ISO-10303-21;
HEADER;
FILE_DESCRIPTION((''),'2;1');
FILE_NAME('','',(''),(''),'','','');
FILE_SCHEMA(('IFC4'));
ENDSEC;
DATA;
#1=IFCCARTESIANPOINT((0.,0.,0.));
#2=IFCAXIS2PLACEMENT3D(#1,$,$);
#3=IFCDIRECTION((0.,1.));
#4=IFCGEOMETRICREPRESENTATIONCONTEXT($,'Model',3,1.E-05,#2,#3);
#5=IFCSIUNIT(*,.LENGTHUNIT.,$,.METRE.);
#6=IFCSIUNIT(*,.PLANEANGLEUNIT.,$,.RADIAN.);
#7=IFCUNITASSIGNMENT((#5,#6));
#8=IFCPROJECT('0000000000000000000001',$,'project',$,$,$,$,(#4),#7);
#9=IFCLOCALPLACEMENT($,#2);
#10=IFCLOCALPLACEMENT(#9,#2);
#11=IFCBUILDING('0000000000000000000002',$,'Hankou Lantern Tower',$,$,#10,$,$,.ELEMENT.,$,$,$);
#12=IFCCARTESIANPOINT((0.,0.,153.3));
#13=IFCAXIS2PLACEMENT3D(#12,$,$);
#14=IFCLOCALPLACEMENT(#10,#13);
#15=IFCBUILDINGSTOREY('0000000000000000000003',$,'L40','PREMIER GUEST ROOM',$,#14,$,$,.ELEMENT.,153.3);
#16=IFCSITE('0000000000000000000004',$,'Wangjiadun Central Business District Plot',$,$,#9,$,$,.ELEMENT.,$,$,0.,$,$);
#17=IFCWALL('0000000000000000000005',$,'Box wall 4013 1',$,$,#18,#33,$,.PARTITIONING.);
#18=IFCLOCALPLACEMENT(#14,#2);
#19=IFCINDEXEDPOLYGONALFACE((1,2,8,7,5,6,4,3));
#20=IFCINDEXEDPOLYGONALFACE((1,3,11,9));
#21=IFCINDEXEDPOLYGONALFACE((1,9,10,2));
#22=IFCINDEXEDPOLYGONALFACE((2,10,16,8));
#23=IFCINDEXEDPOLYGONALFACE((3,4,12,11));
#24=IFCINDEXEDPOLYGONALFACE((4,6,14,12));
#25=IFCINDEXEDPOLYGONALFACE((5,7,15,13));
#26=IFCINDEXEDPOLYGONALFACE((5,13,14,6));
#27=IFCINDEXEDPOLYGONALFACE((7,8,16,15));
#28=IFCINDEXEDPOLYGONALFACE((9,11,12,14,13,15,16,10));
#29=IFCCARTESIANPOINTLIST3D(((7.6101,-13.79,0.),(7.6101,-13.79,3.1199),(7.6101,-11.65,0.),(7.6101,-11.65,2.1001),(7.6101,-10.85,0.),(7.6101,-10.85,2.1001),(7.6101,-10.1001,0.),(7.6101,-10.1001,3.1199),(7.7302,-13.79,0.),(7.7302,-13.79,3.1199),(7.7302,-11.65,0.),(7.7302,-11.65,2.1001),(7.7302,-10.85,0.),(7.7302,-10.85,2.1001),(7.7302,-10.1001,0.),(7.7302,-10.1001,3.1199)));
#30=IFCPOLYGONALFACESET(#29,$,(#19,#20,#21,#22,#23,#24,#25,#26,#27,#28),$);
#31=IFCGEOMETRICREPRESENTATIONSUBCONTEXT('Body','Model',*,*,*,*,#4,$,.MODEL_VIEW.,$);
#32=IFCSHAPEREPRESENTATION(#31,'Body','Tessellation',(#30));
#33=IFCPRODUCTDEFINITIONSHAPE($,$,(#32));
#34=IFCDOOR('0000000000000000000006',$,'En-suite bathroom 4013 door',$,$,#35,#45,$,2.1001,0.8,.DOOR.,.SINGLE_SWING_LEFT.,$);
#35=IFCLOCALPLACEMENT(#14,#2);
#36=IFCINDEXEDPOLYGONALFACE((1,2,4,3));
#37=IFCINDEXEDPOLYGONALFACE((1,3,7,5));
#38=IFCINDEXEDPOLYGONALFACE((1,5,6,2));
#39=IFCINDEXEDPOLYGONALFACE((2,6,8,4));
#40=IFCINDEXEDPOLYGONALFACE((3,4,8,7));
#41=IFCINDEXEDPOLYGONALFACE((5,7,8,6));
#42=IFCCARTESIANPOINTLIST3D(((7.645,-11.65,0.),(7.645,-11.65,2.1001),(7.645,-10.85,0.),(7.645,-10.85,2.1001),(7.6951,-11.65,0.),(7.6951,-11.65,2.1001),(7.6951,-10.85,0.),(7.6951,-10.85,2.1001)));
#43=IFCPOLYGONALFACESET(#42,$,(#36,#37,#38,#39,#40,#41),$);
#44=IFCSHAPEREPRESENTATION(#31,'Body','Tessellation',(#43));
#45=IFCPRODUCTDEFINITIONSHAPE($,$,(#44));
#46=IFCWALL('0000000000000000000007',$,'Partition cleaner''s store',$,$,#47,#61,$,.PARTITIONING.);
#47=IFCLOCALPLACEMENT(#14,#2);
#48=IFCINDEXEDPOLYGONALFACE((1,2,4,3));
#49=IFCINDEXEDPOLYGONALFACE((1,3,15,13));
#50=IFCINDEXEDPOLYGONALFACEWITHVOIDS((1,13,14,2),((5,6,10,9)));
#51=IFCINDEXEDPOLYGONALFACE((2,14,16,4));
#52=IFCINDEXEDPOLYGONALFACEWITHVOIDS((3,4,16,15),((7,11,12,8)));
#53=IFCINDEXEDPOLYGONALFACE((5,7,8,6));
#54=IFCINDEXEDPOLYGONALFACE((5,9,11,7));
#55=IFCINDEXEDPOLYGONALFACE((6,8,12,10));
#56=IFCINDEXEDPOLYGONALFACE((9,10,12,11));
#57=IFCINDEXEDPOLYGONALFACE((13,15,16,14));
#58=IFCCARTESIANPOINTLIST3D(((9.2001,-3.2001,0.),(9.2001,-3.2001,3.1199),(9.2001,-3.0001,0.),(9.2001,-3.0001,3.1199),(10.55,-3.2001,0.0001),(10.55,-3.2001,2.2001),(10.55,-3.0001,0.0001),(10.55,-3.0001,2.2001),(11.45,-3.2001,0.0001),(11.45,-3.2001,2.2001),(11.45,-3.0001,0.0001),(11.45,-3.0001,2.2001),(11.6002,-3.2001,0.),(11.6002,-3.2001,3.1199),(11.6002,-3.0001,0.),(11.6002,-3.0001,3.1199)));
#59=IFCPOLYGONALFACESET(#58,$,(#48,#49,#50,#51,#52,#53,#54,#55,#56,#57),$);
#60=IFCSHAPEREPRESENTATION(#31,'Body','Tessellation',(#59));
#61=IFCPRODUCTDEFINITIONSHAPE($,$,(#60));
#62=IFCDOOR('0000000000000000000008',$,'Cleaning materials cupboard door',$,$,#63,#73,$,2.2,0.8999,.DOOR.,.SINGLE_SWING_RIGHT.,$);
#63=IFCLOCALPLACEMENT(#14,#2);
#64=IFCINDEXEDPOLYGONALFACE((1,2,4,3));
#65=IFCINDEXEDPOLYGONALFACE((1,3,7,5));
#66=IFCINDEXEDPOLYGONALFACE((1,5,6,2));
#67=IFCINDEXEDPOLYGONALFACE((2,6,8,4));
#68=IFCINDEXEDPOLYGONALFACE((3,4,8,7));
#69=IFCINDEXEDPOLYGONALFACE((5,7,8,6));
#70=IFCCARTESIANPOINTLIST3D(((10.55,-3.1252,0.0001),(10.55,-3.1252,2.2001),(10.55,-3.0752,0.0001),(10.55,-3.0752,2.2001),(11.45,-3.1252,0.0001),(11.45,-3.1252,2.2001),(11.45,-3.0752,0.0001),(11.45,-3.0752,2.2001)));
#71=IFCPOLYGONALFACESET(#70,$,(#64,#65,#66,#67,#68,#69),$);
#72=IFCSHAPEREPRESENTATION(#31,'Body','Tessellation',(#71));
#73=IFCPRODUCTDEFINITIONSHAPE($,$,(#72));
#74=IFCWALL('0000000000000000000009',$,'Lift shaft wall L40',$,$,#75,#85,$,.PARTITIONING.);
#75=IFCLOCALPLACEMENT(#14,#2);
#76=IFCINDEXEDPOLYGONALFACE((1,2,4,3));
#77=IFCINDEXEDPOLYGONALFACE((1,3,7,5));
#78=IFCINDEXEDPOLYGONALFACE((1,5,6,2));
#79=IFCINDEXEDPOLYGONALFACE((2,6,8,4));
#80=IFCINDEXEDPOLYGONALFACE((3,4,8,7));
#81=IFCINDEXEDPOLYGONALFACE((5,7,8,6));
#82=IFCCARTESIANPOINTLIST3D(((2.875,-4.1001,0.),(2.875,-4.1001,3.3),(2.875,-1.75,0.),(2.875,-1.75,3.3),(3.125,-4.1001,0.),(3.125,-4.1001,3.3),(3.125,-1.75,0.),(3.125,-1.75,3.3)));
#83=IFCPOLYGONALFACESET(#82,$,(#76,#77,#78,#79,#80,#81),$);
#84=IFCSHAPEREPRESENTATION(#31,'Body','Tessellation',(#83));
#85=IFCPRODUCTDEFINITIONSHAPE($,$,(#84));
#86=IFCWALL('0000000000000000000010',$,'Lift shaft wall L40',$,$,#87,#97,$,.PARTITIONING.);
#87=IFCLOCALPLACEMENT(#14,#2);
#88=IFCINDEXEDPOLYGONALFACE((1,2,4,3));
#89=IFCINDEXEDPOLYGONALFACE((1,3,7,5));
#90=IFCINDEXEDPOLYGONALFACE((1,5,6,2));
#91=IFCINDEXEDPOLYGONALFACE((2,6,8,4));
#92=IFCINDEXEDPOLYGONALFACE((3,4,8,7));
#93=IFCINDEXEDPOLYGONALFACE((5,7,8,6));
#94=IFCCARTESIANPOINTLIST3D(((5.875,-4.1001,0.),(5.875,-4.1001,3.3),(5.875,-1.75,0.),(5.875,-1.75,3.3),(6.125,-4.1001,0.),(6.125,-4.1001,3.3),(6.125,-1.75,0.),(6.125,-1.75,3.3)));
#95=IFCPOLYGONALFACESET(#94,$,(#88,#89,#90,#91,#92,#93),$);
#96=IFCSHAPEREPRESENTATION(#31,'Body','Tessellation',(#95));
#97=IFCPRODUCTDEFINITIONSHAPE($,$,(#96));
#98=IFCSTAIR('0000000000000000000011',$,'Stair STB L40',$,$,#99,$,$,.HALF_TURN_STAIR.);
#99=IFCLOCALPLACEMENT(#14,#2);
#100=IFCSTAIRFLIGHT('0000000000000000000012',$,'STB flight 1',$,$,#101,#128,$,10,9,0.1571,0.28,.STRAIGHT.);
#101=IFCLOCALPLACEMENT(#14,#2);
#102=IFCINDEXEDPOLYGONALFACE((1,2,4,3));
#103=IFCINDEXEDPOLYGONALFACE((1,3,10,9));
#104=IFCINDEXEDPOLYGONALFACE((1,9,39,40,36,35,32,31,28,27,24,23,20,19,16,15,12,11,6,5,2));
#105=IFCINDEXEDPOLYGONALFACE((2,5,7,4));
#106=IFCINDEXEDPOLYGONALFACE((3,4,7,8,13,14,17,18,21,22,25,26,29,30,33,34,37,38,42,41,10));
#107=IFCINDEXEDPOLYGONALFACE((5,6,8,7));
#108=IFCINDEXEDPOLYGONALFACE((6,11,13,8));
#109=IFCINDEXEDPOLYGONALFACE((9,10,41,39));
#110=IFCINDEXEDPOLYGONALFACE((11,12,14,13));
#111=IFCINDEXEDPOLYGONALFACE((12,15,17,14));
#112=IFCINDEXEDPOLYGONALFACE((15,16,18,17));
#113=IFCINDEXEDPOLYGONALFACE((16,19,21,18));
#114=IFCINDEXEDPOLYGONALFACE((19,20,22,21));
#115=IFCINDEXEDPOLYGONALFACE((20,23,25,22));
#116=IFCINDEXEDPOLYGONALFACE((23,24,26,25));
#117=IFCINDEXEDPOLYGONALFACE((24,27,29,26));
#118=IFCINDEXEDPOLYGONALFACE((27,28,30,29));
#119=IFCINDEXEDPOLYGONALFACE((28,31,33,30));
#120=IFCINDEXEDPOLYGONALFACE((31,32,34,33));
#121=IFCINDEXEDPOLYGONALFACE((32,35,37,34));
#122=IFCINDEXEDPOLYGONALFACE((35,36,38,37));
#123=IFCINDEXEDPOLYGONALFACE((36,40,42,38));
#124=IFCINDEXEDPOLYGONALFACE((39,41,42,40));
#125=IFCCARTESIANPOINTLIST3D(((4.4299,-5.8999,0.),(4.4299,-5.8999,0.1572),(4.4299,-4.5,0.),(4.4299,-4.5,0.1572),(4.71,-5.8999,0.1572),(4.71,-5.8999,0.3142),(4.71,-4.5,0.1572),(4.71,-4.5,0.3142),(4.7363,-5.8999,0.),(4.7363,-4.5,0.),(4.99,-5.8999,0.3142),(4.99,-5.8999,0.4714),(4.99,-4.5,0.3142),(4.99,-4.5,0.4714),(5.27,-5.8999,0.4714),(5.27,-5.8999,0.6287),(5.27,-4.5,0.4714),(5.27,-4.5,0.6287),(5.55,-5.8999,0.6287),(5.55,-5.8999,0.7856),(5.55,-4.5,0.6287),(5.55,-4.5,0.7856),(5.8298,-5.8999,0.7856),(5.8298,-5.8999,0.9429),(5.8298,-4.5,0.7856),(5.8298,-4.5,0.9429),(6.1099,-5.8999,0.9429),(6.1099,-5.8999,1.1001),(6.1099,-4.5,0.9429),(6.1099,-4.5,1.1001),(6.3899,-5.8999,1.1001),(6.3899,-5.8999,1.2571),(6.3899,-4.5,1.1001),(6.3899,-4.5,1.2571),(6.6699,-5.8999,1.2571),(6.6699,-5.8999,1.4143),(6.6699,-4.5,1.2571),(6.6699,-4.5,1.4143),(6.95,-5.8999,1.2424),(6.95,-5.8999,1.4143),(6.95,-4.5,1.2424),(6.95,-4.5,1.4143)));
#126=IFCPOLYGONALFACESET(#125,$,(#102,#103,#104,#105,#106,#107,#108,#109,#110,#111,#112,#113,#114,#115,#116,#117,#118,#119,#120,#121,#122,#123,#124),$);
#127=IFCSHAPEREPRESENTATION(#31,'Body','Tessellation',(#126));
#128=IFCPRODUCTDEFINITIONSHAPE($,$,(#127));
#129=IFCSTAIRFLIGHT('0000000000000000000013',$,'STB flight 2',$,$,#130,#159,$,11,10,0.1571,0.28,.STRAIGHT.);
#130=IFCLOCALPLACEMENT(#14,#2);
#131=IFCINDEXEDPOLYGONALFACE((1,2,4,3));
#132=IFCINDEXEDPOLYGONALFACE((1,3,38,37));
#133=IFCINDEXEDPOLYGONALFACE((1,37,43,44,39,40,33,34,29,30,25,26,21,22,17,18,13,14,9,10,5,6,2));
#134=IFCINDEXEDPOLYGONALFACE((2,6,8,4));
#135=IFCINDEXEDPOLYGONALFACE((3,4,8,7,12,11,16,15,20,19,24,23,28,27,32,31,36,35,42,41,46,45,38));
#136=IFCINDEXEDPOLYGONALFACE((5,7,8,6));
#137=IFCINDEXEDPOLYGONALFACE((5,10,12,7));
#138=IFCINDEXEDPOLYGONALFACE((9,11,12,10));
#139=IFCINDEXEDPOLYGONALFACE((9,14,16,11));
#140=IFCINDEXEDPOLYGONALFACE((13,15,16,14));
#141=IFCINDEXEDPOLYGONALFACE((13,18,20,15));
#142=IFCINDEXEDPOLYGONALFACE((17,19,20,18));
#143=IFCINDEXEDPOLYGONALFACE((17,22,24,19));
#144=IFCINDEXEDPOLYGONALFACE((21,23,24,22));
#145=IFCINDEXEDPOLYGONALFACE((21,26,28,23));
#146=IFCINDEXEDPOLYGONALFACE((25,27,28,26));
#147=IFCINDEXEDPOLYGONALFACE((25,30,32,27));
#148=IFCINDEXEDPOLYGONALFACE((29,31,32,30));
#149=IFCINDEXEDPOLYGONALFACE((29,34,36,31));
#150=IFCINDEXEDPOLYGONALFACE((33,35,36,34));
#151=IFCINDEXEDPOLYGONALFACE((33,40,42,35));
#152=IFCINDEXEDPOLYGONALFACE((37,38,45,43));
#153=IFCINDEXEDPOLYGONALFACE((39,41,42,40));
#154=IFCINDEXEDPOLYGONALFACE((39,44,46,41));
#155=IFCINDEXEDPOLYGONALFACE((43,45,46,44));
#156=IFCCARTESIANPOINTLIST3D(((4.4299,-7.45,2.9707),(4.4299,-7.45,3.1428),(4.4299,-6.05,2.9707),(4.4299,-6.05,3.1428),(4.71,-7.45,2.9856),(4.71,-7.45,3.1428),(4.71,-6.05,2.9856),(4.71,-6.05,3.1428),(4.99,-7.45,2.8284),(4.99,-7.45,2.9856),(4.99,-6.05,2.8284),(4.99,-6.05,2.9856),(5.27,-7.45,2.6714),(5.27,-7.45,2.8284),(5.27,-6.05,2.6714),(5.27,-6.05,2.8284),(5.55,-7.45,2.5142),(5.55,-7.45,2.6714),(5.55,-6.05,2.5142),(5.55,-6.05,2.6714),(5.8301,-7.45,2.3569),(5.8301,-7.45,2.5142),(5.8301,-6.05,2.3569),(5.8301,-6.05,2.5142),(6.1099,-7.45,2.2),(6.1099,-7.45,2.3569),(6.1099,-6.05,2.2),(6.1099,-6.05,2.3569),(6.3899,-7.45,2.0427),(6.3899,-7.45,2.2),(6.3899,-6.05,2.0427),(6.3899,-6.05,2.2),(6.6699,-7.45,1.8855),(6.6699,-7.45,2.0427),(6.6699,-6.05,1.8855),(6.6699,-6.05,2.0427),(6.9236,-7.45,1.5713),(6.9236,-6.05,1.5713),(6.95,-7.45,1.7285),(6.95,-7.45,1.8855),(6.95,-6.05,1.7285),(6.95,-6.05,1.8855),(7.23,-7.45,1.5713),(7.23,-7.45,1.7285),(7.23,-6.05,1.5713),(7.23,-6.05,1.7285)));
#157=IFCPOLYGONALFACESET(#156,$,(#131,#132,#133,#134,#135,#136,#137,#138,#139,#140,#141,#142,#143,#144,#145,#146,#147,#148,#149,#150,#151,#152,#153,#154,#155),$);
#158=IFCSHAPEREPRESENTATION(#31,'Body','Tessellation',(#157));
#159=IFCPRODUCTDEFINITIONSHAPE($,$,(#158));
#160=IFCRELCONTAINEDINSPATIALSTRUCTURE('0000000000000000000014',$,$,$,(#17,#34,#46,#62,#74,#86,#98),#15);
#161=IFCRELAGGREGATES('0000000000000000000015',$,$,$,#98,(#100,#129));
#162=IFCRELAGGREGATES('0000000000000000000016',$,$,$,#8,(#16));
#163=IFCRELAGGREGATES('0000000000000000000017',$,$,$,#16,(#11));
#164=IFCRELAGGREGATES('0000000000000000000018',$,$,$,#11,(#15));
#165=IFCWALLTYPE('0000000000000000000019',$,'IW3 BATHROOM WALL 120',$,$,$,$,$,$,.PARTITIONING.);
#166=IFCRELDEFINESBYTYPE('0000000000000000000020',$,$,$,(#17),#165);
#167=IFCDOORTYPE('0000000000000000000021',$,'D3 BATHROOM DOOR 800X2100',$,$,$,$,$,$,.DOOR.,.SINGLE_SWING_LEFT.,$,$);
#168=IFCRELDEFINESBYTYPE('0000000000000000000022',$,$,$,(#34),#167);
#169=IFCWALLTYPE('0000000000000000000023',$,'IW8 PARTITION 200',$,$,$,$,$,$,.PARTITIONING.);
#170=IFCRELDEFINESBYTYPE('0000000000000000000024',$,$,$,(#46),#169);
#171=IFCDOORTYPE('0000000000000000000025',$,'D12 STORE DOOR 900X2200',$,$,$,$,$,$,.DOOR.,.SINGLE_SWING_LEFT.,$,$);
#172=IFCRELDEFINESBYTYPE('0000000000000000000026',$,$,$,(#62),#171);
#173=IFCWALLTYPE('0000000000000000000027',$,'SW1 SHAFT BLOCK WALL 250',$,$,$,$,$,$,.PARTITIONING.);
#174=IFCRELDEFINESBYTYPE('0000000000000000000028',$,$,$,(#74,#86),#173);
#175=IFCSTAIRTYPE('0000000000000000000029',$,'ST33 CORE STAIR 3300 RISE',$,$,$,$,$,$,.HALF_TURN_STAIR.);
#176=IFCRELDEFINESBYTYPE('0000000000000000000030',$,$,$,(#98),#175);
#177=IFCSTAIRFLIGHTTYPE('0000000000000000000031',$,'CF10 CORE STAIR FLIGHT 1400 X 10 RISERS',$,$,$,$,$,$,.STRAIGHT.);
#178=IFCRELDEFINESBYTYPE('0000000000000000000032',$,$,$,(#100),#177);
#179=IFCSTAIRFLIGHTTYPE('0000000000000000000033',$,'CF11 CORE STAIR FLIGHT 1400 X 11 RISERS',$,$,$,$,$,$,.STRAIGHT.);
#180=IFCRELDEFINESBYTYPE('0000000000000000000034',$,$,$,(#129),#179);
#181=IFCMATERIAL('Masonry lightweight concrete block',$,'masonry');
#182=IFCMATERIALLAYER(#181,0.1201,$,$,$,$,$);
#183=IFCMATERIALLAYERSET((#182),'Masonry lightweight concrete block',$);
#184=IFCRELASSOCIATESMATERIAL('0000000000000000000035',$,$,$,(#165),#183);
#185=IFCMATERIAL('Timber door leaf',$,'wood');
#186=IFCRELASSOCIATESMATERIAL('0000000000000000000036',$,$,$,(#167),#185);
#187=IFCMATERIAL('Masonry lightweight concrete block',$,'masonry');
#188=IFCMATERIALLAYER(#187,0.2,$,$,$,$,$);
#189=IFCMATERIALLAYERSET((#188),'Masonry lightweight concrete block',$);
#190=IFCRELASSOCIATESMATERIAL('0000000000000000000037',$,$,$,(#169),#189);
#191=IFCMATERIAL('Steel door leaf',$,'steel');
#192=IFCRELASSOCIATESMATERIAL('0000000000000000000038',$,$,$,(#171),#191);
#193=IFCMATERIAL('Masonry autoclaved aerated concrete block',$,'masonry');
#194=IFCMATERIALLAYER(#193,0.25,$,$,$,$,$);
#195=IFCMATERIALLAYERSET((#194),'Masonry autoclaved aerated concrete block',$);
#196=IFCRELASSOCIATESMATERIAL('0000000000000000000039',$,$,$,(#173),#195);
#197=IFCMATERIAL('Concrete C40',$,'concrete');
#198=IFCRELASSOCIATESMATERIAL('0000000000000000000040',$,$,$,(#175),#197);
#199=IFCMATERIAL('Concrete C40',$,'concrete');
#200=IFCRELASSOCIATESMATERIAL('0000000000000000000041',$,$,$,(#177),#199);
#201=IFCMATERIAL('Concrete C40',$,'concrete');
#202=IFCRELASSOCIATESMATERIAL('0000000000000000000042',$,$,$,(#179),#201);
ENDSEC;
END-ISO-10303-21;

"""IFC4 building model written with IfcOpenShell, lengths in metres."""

from ifc_helpers import new_model, si_unit, direction, frame, frame_2d, origin, place, context, subcontext, project, spatial, polyline, rectangle, outline, extrude, material, layer, layer_set, type_object, element, fill, aggregate, save


model = new_model("IFC4")

# Units and contexts
model_context = context("Model", 3, precision=1e-05, world=origin(), true_north=direction((0.0, 1.0)))
body_context = subcontext(model_context, "Body", "Model", "MODEL_VIEW")
ifc_project = project(units=[si_unit("LENGTHUNIT", "METRE"), si_unit("PLANEANGLEUNIT", "RADIAN")], contexts=[model_context])

# Site, building, storey
site_placement = place(None, origin())
site = spatial("IfcSite", under=ifc_project, at=site_placement, Name="Wangjiadun Central Business District Plot", CompositionType="ELEMENT", RefElevation=0.0)
building_placement = place(site_placement, origin())
building = spatial("IfcBuilding", under=site, at=building_placement, Name="Hankou Lantern Tower", CompositionType="ELEMENT")
storey_placement = place(building_placement, frame((0.0, 0.0, 153.3)))
storey = spatial("IfcBuildingStorey", under=building, at=storey_placement, Name="L40", Description="PREMIER GUEST ROOM", CompositionType="ELEMENT", Elevation=153.3)

# Walls, openings, doors
ifc_material_1 = material(Name="Masonry lightweight concrete block", Category="masonry")
ifc_layer_1 = layer(ifc_material_1, 0.1201)
ifc_layer_set_1 = layer_set([ifc_layer_1], Name="Masonry lightweight concrete block")
wall_type_1 = type_object("IfcWallType", Name="IW3 BATHROOM WALL 120", PredefinedType="PARTITIONING", material=ifc_layer_set_1)
wall_1_placement = place(storey_placement, frame((7.6702, -10.1001, 0.0), z_axis=(0.0, 0.0, 1.0), x_axis=(0.0, -1.0, 0.0)))
wall_1 = element("IfcWall", 1, at=wall_1_placement, inside=storey, type_object=wall_type_1, Name="Box wall 4013 1", PredefinedType="PARTITIONING", context=body_context, shape_type="SweptSolid", body=[
    extrude(rectangle(XDim=3.6899, YDim=0.1201, at=frame_2d((1.845, 0.0))), origin(), (0.0, 0.0, 1.0), 3.1199),
])
opening_1_placement = place(wall_1_placement, frame((0.75, 0.0, 0.0)))
opening_1 = element("IfcOpeningElement", 2, at=opening_1_placement, cuts=wall_1, PredefinedType="OPENING", context=body_context, shape_type="SweptSolid", body=[
    extrude(rectangle(XDim=0.8, YDim=2.1001, at=frame_2d((0.3999, 1.05))), frame((0.0, 0.0701, 0.0), z_axis=(0.0, -1.0, 0.0), x_axis=(1.0, 0.0, 0.0)), (0.0, 0.0, 1.0), 0.1401),
])
ifc_material_2 = material(Name="Timber door leaf", Category="wood")
door_type_1 = type_object("IfcDoorType", Name="D3 BATHROOM DOOR 800X2100", OperationType="SINGLE_SWING_LEFT", PredefinedType="DOOR", material=ifc_material_2)
door_1_placement = place(opening_1_placement, origin())
door_1 = element("IfcDoor", 3, at=door_1_placement, inside=storey, type_object=door_type_1, Name="En-suite bathroom 4013 door", OperationType="SINGLE_SWING_LEFT", OverallHeight=2.1001, OverallWidth=0.8, PredefinedType="DOOR", context=body_context, shape_type="SweptSolid", body=[
    extrude(rectangle(XDim=0.8, YDim=2.1001, at=frame_2d((0.3999, 1.05))), frame((0.0, 0.0249, 0.0), z_axis=(0.0, -1.0, 0.0), x_axis=(1.0, 0.0, 0.0)), (0.0, 0.0, 1.0), 0.05),
])
fill(opening_1, door_1)
ifc_material_3 = material(Name="Masonry lightweight concrete block", Category="masonry")
ifc_layer_2 = layer(ifc_material_3, 0.2)
ifc_layer_set_2 = layer_set([ifc_layer_2], Name="Masonry lightweight concrete block")
wall_type_2 = type_object("IfcWallType", Name="IW8 PARTITION 200", PredefinedType="PARTITIONING", material=ifc_layer_set_2)
wall_2_placement = place(storey_placement, frame((9.2, -3.1001, 0.0), z_axis=(0.0, 0.0, 1.0), x_axis=(1.0, 0.0, 0.0)))
wall_2 = element("IfcWall", 4, at=wall_2_placement, inside=storey, type_object=wall_type_2, Name="Partition cleaner's store", PredefinedType="PARTITIONING", context=body_context, shape_type="SweptSolid", body=[
    extrude(rectangle(XDim=2.4001, YDim=0.2, at=frame_2d((1.2002, 0.0))), origin(), (0.0, 0.0, 1.0), 3.1199),
])
opening_2_placement = place(wall_2_placement, frame((1.3501, 0.0, 0.0)))
opening_2 = element("IfcOpeningElement", 5, at=opening_2_placement, cuts=wall_2, PredefinedType="OPENING", context=body_context, shape_type="SweptSolid", body=[
    extrude(rectangle(XDim=0.8999, YDim=2.2, at=frame_2d((0.45, 1.1001))), frame((0.0, 0.1099, 0.0), z_axis=(0.0, -1.0, 0.0), x_axis=(1.0, 0.0, 0.0)), (0.0, 0.0, 1.0), 0.22),
])
ifc_material_4 = material(Name="Steel door leaf", Category="steel")
door_type_2 = type_object("IfcDoorType", Name="D12 STORE DOOR 900X2200", OperationType="SINGLE_SWING_LEFT", PredefinedType="DOOR", material=ifc_material_4)
door_2_placement = place(opening_2_placement, origin())
door_2 = element("IfcDoor", 6, at=door_2_placement, inside=storey, type_object=door_type_2, Name="Cleaning materials cupboard door", OperationType="SINGLE_SWING_RIGHT", OverallHeight=2.2, OverallWidth=0.8999, PredefinedType="DOOR", context=body_context, shape_type="SweptSolid", body=[
    extrude(rectangle(XDim=0.8999, YDim=2.2, at=frame_2d((0.45, 1.1001))), frame((0.0, 0.0249, 0.0), z_axis=(0.0, -1.0, 0.0), x_axis=(1.0, 0.0, 0.0)), (0.0, 0.0, 1.0), 0.05),
])
fill(opening_2, door_2)

# Walls
ifc_material_5 = material(Name="Masonry autoclaved aerated concrete block", Category="masonry")
ifc_layer_3 = layer(ifc_material_5, 0.25)
ifc_layer_set_3 = layer_set([ifc_layer_3], Name="Masonry autoclaved aerated concrete block")
wall_type_3 = type_object("IfcWallType", Name="SW1 SHAFT BLOCK WALL 250", PredefinedType="PARTITIONING", material=ifc_layer_set_3)
for number, where, z_axis, x_axis, name in (
    (7, (3.0, -4.1001, 0.0), (0.0, 0.0, 1.0), (0.0, 1.0, 0.0), "Lift shaft wall L40"),
    (8, (6.0, -4.1001, 0.0), (0.0, 0.0, 1.0), (0.0, 1.0, 0.0), "Lift shaft wall L40"),
):
    element("IfcWall", number, at=place(storey_placement, frame(where, z_axis=z_axis, x_axis=x_axis)), inside=storey, type_object=wall_type_3, Name=name, PredefinedType="PARTITIONING", context=body_context, shape_type="SweptSolid", body=[
        extrude(rectangle(XDim=2.3501, YDim=0.25, at=frame_2d((1.175, 0.0))), origin(), (0.0, 0.0, 1.0), 3.3),
    ])

# Stair, stair flights
ifc_material_6 = material(Name="Concrete C40", Category="concrete")
stair_type = type_object("IfcStairType", Name="ST33 CORE STAIR 3300 RISE", PredefinedType="HALF_TURN_STAIR", material=ifc_material_6)
stair_placement = place(storey_placement, origin())
stair = element("IfcStair", 9, at=stair_placement, inside=storey, type_object=stair_type, Name="Stair STB L40", PredefinedType="HALF_TURN_STAIR")
ifc_material_7 = material(Name="Concrete C40", Category="concrete")
stair_flight_type_1 = type_object("IfcStairFlightType", Name="CF10 CORE STAIR FLIGHT 1400 X 10 RISERS", PredefinedType="STRAIGHT", material=ifc_material_7)
stair_flight_1_placement = place(storey_placement, frame((4.4299, -5.2, 0.0), z_axis=(0.0, 0.0, 1.0), x_axis=(1.0, 0.0, 0.0)))
stair_flight_1 = element("IfcStairFlight", 10, at=stair_flight_1_placement, type_object=stair_flight_type_1, Name="STB flight 1", NumberOfRisers=10, NumberOfTreads=9, PredefinedType="STRAIGHT", RiserHeight=0.1571, TreadLength=0.28, context=body_context, shape_type="SweptSolid", body=[
    extrude(outline(polyline([(0.0, 0.0), (0.0, 0.1572), (0.28, 0.1572), (0.28, 0.3142), (0.5601, 0.3142), (0.5601, 0.4714), (0.8401, 0.4714), (0.8401, 0.6287), (1.1201, 0.6287), (1.1201, 0.7856), (1.3999, 0.7856), (1.3999, 0.9429), (1.6799, 0.9429), (1.6799, 1.1001), (1.96, 1.1001), (1.96, 1.2571), (2.24, 1.2571), (2.24, 1.4143), (2.52, 1.4143), (2.52, 1.5715), (2.52, 1.2424), (0.3064, 0.0), (0.0, 0.0)])), frame((0.0, 0.7, 0.0), z_axis=(0.0, -1.0, 0.0), x_axis=(1.0, 0.0, 0.0)), (0.0, 0.0, 1.0), 1.3999),
])
ifc_material_8 = material(Name="Concrete C40", Category="concrete")
stair_flight_type_2 = type_object("IfcStairFlightType", Name="CF11 CORE STAIR FLIGHT 1400 X 11 RISERS", PredefinedType="STRAIGHT", material=ifc_material_8)
stair_flight_2_placement = place(storey_placement, frame((7.23, -6.75, 1.5713), z_axis=(0.0, 0.0, 1.0), x_axis=(-1.0, 0.0, 0.0)))
stair_flight_2 = element("IfcStairFlight", 11, at=stair_flight_2_placement, type_object=stair_flight_type_2, Name="STB flight 2", NumberOfRisers=11, NumberOfTreads=10, PredefinedType="STRAIGHT", RiserHeight=0.1571, TreadLength=0.28, context=body_context, shape_type="SweptSolid", body=[
    extrude(outline(polyline([(0.0, 0.0), (0.0, 0.1572), (0.28, 0.1572), (0.28, 0.3142), (0.5601, 0.3142), (0.5601, 0.4714), (0.8401, 0.4714), (0.8401, 0.6287), (1.1201, 0.6287), (1.1201, 0.7856), (1.3999, 0.7856), (1.3999, 0.9429), (1.6799, 0.9429), (1.6799, 1.1001), (1.96, 1.1001), (1.96, 1.2571), (2.24, 1.2571), (2.24, 1.4143), (2.52, 1.4143), (2.52, 1.5715), (2.8, 1.5715), (2.8, 1.7285), (2.8, 1.3994), (0.3064, 0.0), (0.0, 0.0)])), frame((0.0, 0.7, 0.0), z_axis=(0.0, -1.0, 0.0), x_axis=(1.0, 0.0, 0.0)), (0.0, 0.0, 1.0), 1.3999),
])
aggregate(stair, [stair_flight_1, stair_flight_2])

save(model, "model.ifc")
